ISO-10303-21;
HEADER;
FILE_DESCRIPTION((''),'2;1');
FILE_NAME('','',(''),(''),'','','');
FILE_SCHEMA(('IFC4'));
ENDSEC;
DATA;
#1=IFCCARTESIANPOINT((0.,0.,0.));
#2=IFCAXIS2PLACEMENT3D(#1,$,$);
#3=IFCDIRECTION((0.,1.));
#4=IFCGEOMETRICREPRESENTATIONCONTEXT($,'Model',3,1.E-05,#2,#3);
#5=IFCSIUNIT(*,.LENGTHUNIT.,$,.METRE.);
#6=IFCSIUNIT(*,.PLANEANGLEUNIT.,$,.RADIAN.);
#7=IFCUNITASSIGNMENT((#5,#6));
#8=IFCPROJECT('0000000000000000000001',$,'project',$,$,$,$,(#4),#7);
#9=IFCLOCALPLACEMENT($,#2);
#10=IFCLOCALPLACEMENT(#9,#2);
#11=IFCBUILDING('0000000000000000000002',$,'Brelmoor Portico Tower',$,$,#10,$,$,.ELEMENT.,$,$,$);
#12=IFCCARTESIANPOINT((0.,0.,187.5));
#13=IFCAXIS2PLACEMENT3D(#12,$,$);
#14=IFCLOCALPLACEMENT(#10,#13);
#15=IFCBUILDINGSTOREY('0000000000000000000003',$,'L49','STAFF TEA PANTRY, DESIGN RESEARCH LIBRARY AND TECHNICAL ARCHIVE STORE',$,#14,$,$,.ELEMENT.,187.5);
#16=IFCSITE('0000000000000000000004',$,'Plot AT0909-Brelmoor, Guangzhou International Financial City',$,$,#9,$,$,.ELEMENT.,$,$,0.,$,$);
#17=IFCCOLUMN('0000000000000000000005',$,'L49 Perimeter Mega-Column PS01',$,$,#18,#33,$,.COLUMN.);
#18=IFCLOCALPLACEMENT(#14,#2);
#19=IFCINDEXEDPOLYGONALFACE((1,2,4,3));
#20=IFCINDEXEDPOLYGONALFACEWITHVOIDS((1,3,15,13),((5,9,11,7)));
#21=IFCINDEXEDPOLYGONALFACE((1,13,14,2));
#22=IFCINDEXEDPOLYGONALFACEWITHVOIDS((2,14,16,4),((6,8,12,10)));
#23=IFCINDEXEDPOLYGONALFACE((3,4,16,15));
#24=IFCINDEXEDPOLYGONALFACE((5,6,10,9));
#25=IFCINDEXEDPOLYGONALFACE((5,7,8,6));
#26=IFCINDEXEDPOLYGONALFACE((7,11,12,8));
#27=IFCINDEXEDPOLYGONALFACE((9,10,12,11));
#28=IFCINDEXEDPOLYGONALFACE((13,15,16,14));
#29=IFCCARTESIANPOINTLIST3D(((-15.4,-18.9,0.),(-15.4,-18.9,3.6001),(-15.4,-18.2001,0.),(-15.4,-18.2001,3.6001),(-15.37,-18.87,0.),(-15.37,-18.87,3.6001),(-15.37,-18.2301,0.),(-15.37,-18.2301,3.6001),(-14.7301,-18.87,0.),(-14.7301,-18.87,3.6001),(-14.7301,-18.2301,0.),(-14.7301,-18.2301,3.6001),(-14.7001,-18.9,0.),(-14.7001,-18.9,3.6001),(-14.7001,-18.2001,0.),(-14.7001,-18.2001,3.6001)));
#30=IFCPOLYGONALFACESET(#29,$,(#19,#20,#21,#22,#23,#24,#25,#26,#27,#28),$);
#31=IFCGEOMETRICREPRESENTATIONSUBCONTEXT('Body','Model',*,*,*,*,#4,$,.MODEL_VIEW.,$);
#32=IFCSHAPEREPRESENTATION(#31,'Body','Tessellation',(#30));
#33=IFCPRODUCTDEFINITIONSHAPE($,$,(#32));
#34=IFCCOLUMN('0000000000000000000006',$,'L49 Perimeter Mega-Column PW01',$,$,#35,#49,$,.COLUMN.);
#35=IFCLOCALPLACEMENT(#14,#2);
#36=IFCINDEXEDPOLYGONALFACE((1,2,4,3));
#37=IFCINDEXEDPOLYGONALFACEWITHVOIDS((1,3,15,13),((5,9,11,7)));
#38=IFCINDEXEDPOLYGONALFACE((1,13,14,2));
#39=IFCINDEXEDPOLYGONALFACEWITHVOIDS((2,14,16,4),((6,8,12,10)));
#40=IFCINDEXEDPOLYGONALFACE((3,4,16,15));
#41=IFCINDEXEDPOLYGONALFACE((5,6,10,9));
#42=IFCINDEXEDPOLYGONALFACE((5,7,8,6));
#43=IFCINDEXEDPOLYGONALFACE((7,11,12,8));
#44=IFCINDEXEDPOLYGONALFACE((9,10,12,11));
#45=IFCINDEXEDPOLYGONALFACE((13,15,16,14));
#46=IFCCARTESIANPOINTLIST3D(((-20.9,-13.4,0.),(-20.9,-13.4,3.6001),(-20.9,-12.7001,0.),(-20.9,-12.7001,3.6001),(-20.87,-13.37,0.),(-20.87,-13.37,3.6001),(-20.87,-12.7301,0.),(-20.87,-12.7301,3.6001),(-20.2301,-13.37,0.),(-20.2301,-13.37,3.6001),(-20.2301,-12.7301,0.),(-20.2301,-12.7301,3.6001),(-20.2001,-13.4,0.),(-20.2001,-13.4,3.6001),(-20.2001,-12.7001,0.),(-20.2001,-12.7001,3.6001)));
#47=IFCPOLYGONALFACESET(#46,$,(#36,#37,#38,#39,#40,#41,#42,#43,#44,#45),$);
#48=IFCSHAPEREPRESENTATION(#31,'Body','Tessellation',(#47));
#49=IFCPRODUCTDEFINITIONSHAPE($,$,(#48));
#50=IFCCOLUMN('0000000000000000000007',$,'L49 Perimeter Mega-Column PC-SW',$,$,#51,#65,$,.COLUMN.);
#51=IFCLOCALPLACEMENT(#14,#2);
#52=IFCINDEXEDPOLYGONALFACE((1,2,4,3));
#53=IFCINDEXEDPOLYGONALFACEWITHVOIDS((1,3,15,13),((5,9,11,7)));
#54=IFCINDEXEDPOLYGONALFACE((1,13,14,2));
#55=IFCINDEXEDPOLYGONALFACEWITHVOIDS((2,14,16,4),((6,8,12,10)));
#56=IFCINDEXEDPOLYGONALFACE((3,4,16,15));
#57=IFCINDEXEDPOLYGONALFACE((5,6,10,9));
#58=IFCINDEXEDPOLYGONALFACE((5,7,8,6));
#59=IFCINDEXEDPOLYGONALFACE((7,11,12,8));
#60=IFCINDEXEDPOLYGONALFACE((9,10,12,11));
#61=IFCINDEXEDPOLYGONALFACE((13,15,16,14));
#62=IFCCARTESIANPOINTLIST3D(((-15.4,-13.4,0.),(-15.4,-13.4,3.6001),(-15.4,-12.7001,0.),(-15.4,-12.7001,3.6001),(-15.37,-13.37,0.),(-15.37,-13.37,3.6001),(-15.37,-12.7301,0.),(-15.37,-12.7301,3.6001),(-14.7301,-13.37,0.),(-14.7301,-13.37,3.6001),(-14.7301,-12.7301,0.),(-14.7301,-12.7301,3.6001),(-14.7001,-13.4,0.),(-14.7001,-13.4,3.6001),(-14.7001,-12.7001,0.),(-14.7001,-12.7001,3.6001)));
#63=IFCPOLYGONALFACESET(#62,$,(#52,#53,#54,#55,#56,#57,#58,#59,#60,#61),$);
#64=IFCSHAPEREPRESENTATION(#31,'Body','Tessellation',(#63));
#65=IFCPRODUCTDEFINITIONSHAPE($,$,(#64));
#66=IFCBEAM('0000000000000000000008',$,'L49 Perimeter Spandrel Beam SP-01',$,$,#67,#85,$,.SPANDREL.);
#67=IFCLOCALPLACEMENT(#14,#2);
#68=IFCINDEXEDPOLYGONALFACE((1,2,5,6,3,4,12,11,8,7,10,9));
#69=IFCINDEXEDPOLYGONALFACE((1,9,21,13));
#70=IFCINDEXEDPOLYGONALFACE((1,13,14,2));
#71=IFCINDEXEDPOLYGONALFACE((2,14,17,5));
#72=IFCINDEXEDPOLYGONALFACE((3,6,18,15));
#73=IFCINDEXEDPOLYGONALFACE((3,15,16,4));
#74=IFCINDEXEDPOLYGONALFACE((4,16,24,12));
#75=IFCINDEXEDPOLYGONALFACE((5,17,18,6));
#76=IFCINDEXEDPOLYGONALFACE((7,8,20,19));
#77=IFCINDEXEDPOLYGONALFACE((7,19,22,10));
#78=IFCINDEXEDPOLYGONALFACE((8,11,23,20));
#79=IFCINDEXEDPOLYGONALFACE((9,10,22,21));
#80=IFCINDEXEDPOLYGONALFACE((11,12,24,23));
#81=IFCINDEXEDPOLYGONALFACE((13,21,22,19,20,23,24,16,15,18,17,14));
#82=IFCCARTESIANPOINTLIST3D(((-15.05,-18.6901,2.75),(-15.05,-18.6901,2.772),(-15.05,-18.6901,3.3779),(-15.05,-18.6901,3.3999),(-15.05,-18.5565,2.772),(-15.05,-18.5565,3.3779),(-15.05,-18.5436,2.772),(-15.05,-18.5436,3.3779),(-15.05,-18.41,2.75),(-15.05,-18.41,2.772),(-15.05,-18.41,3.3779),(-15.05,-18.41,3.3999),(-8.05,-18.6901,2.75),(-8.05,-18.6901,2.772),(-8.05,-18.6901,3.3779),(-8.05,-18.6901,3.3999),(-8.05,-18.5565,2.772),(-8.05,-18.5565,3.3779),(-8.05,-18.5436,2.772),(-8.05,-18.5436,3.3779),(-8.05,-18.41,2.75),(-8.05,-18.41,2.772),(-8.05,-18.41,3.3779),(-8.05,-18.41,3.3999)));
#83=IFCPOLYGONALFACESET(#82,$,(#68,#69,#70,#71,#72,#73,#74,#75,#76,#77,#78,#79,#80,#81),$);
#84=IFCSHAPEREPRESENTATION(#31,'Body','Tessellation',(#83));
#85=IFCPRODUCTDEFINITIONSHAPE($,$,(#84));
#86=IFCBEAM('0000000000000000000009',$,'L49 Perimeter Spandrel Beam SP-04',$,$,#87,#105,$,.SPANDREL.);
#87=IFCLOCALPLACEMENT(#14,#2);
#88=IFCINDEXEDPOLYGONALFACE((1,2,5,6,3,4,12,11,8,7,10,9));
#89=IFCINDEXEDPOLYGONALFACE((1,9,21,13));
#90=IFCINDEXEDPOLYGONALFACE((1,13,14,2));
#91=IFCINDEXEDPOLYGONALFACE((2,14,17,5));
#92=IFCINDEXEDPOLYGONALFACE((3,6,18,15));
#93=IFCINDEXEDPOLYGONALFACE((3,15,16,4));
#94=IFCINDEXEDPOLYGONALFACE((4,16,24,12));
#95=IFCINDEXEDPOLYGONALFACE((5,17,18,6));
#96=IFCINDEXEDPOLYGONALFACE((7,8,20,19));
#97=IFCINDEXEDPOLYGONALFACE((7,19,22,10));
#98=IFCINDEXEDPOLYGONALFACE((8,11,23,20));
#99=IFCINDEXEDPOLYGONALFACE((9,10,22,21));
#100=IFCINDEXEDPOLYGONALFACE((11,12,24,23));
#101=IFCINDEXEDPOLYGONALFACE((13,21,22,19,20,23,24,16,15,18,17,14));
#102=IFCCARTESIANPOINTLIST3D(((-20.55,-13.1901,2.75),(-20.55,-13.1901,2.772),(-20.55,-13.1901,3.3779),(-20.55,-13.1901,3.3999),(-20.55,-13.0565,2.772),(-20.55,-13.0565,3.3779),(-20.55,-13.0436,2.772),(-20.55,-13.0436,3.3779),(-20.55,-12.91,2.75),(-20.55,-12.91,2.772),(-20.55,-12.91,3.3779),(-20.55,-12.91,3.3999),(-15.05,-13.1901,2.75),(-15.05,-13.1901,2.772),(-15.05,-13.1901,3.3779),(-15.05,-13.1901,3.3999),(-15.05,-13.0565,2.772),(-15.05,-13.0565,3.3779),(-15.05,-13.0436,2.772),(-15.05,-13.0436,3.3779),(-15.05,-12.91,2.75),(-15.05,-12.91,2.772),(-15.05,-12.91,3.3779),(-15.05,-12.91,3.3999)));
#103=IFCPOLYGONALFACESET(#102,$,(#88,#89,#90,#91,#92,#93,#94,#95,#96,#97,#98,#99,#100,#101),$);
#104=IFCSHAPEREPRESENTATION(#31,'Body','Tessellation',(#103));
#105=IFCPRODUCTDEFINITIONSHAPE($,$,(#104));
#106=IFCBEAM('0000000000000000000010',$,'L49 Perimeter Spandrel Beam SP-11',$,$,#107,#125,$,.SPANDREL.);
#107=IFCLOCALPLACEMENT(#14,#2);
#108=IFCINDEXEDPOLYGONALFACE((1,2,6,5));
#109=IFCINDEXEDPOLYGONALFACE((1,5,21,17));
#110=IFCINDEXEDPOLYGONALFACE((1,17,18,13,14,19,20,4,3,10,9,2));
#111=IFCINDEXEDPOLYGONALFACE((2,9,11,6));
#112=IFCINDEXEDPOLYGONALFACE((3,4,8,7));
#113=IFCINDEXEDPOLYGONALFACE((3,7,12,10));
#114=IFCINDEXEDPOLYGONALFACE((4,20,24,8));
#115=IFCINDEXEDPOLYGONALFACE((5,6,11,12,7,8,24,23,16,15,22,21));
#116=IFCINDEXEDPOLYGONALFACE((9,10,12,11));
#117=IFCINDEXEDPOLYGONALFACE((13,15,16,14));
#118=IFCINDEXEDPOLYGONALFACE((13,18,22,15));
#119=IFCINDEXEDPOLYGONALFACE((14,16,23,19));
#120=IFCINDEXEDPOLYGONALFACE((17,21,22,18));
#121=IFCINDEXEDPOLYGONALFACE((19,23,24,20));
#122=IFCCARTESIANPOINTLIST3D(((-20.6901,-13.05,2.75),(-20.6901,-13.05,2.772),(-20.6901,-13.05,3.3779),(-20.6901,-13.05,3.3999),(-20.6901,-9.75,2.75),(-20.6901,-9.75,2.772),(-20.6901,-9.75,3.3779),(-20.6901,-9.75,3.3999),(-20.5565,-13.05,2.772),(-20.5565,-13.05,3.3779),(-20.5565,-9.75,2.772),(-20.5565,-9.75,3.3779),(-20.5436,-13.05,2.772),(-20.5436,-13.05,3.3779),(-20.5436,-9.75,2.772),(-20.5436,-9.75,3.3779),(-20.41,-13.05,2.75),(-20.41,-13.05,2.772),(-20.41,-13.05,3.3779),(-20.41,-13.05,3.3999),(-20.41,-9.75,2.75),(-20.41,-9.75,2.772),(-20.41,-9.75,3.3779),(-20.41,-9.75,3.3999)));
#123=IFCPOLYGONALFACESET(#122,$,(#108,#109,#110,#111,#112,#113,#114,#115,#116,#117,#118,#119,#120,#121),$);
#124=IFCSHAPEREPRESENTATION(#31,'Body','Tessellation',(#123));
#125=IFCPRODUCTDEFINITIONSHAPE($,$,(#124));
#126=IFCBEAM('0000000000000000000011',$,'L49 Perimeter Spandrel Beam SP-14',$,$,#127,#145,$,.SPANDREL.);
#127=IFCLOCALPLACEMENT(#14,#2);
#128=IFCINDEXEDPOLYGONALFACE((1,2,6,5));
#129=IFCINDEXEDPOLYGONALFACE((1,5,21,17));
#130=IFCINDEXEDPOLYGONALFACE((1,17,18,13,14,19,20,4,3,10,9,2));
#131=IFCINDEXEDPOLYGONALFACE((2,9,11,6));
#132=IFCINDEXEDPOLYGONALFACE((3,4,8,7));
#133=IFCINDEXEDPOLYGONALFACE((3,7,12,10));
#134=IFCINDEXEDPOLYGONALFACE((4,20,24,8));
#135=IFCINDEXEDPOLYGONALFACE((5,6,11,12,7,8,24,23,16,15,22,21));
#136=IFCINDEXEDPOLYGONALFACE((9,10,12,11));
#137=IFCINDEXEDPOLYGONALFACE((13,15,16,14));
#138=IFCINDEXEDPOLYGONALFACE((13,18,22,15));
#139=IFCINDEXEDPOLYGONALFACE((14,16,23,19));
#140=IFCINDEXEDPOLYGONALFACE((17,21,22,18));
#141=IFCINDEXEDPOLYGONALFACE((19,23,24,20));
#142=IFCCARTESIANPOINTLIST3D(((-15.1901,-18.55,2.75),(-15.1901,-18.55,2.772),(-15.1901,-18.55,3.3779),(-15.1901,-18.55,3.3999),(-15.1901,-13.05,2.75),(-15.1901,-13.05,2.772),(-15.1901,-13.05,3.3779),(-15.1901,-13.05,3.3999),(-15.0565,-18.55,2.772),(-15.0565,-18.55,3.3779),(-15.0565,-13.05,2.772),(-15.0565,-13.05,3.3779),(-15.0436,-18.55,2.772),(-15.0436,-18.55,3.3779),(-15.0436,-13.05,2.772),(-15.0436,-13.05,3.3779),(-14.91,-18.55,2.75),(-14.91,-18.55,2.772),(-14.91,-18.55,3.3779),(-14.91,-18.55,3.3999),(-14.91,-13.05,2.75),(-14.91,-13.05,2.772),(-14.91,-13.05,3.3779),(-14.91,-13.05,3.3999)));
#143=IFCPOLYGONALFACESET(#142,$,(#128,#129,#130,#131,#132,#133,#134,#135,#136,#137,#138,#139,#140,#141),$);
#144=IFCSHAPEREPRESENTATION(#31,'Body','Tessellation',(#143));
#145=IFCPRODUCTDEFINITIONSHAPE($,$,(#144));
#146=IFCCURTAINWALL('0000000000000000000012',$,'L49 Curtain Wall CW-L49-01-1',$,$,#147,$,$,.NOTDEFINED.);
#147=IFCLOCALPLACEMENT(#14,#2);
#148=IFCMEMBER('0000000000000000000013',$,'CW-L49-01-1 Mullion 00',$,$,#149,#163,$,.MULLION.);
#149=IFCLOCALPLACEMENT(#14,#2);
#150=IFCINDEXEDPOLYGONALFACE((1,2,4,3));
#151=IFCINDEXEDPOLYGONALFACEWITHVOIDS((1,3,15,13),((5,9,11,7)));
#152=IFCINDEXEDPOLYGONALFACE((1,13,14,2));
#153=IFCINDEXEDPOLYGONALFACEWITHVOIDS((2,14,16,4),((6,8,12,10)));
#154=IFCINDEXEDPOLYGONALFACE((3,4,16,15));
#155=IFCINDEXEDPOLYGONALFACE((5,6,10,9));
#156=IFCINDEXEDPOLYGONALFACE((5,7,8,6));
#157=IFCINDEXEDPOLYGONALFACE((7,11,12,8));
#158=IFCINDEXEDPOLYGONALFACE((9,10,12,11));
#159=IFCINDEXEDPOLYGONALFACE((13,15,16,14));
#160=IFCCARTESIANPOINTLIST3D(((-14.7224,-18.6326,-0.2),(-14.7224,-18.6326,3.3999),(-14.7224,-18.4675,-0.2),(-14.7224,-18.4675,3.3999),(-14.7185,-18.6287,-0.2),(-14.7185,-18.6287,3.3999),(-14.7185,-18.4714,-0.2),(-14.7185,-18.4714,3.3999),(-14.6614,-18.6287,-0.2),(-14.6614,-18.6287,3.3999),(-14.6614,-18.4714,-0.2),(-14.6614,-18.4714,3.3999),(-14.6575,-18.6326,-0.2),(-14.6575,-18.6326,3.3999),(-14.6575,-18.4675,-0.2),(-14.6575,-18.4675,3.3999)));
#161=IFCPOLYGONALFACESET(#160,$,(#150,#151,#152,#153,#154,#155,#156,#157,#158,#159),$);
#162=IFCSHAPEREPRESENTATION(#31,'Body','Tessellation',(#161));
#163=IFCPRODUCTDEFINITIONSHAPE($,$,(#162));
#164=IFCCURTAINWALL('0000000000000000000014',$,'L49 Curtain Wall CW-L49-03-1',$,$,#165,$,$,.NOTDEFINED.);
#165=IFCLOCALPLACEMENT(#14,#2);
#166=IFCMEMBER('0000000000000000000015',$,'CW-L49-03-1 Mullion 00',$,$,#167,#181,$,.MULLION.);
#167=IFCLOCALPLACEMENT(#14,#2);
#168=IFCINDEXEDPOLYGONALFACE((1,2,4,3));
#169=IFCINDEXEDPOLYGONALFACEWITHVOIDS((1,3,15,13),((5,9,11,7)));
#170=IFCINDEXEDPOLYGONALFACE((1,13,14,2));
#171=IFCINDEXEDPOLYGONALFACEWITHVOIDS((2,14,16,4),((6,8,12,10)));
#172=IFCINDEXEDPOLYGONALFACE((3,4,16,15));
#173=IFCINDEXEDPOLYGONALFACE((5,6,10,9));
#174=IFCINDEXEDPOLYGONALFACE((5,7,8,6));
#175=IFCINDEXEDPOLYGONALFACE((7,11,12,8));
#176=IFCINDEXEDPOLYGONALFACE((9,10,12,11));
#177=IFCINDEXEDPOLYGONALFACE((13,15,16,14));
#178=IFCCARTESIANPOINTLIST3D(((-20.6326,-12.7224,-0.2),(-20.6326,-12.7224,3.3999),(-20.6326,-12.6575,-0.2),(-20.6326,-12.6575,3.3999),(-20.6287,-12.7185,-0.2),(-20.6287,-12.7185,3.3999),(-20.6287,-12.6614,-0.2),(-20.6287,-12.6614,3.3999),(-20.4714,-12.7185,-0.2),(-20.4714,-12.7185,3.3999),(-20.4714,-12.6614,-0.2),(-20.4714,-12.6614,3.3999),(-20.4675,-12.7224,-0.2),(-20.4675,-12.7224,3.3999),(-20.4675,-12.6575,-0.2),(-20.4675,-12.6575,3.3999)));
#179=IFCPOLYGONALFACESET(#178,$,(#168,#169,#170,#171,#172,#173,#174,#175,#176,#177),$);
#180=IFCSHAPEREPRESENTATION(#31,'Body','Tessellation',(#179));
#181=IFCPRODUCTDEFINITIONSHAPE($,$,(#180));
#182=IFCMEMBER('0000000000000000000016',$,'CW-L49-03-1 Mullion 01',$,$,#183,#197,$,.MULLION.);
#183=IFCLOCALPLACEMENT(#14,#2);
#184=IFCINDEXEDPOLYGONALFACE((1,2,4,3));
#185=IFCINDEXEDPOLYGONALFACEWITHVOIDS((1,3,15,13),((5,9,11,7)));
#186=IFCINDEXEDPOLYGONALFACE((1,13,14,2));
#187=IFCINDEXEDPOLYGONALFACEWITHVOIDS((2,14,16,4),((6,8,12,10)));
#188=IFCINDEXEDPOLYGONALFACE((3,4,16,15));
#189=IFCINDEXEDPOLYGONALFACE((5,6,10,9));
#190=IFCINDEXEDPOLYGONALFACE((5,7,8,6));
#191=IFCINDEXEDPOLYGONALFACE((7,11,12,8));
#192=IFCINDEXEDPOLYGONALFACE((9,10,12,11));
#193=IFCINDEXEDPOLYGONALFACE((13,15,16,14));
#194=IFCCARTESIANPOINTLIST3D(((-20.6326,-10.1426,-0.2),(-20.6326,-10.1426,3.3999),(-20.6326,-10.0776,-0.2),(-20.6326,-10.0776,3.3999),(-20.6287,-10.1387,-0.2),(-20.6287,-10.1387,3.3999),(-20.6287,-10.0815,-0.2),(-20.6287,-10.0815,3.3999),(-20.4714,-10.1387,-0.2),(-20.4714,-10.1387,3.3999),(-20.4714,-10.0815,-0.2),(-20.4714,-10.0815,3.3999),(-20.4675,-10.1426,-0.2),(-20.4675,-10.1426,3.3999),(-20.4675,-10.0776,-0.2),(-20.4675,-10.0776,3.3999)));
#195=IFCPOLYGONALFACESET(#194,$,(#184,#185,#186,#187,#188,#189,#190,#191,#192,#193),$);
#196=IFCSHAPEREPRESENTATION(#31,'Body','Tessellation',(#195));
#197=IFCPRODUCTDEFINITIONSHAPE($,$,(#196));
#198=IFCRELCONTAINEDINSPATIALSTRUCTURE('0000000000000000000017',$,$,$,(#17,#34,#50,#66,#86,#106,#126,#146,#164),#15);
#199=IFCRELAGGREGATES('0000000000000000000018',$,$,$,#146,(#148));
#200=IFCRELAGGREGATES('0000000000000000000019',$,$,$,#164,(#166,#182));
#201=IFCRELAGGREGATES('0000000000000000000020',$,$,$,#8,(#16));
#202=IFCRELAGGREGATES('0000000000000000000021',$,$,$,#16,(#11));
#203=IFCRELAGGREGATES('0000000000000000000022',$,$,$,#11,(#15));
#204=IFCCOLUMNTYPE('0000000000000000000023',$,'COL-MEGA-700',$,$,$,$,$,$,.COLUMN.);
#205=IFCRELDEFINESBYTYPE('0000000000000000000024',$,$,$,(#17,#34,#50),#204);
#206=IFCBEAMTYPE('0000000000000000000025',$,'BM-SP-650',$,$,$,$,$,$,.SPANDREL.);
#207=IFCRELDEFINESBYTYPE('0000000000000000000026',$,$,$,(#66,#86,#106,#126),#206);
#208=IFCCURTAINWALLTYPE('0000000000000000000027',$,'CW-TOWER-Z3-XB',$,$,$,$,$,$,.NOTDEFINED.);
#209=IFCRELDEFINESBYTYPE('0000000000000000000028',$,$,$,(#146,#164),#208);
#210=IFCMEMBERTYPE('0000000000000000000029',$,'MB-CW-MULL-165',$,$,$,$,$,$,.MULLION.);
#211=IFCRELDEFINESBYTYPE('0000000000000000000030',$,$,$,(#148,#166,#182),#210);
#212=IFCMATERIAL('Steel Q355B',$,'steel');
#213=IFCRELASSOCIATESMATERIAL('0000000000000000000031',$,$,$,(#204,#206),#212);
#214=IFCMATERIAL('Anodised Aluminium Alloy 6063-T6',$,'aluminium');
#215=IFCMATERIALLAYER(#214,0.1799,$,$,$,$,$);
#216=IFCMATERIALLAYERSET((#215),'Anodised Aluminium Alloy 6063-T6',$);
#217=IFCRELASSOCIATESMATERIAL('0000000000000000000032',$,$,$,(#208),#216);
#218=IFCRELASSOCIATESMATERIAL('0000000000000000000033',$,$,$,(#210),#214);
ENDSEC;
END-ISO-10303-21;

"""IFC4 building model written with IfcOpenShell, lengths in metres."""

from ifc_helpers import new_model, si_unit, direction, frame, origin, origin_2d, place, context, subcontext, project, spatial, hollow_rectangle, i_section, extrude, material, layer, layer_set, material_profile, profile_set, type_object, element, aggregate, save


model = new_model("IFC4")

# Units and contexts
model_context = context("Model", 3, precision=1e-05, world=origin(), true_north=direction((0.0, 1.0)))
body_context = subcontext(model_context, "Body", "Model", "MODEL_VIEW")
ifc_project = project(units=[si_unit("LENGTHUNIT", "METRE"), si_unit("PLANEANGLEUNIT", "RADIAN")], contexts=[model_context])

# Site, building, storey
site_placement = place(None, origin())
site = spatial("IfcSite", under=ifc_project, at=site_placement, Name="Plot AT0909-Brelmoor, Guangzhou International Financial City", CompositionType="ELEMENT", RefElevation=0.0)
building_placement = place(site_placement, origin())
building = spatial("IfcBuilding", under=site, at=building_placement, Name="Brelmoor Portico Tower", CompositionType="ELEMENT")
storey_placement = place(building_placement, frame((0.0, 0.0, 187.5)))
storey = spatial("IfcBuildingStorey", under=building, at=storey_placement, Name="L49", Description="STAFF TEA PANTRY, DESIGN RESEARCH LIBRARY AND TECHNICAL ARCHIVE STORE", CompositionType="ELEMENT", Elevation=187.5)

# Columns
ifc_material_1 = material(Name="Steel Q355B", Category="steel")
ifc_material_profile_1 = material_profile(ifc_material_1, hollow_rectangle(XDim=0.7, YDim=0.7, WallThickness=0.03, at=origin_2d()), Name="BOX 700x700x30")
ifc_profile_set_1 = profile_set([ifc_material_profile_1], Name="Steel Q355B")
column_type = type_object("IfcColumnType", Name="COL-MEGA-700", PredefinedType="COLUMN", material=ifc_profile_set_1)
for number, where, z_axis, x_axis, name in (
    (1, (-15.05, -18.55, 0.0), (0.0, 0.0, 1.0), (1.0, 0.0, 0.0), "L49 Perimeter Mega-Column PS01"),
    (2, (-20.55, -13.05, 0.0), (0.0, 0.0, 1.0), (0.0, 1.0, 0.0), "L49 Perimeter Mega-Column PW01"),
    (3, (-15.05, -13.05, 0.0), (0.0, 0.0, 1.0), (1.0, 0.0, 0.0), "L49 Perimeter Mega-Column PC-SW"),
):
    element("IfcColumn", number, at=place(storey_placement, frame(where, z_axis=z_axis, x_axis=x_axis)), inside=storey, type_object=column_type, Name=name, PredefinedType="COLUMN", context=body_context, shape_type="SweptSolid", body=[
        extrude(hollow_rectangle(XDim=0.7, YDim=0.7, WallThickness=0.03, at=origin_2d()), origin(), (0.0, 0.0, 1.0), 3.6001),
    ])

# Beams
ifc_material_profile_2 = material_profile(ifc_material_1, i_section(OverallWidth=0.28, OverallDepth=0.6499, WebThickness=0.0129, FlangeThickness=0.022, at=origin_2d()), Name="HN 650x280x13x22")
ifc_profile_set_2 = profile_set([ifc_material_profile_2], Name="Steel Q355B")
beam_type = type_object("IfcBeamType", Name="BM-SP-650", PredefinedType="SPANDREL", material=ifc_profile_set_2)
beam_1_placement = place(storey_placement, frame((-15.05, -18.55, 3.075), z_axis=(1.0, 0.0, 0.0), x_axis=(0.0, 1.0, 0.0)))
element("IfcBeam", 4, at=beam_1_placement, inside=storey, type_object=beam_type, Name="L49 Perimeter Spandrel Beam SP-01", PredefinedType="SPANDREL", context=body_context, shape_type="SweptSolid", body=[
    extrude(i_section(OverallWidth=0.28, OverallDepth=0.6499, WebThickness=0.0129, FlangeThickness=0.022, at=origin_2d()), origin(), (0.0, 0.0, 1.0), 7.0),
])
beam_2_placement = place(storey_placement, frame((-20.55, -13.05, 3.075), z_axis=(1.0, 0.0, 0.0), x_axis=(0.0, 1.0, 0.0)))
element("IfcBeam", 5, at=beam_2_placement, inside=storey, type_object=beam_type, Name="L49 Perimeter Spandrel Beam SP-04", PredefinedType="SPANDREL", context=body_context, shape_type="SweptSolid", body=[
    extrude(i_section(OverallWidth=0.28, OverallDepth=0.6499, WebThickness=0.0129, FlangeThickness=0.022, at=origin_2d()), origin(), (0.0, 0.0, 1.0), 5.5),
])
beam_3_placement = place(storey_placement, frame((-20.55, -13.05, 3.075), z_axis=(0.0, 1.0, 0.0), x_axis=(-1.0, 0.0, 0.0)))
element("IfcBeam", 6, at=beam_3_placement, inside=storey, type_object=beam_type, Name="L49 Perimeter Spandrel Beam SP-11", PredefinedType="SPANDREL", context=body_context, shape_type="SweptSolid", body=[
    extrude(i_section(OverallWidth=0.28, OverallDepth=0.6499, WebThickness=0.0129, FlangeThickness=0.022, at=origin_2d()), origin(), (0.0, 0.0, 1.0), 3.3),
])
beam_4_placement = place(storey_placement, frame((-15.05, -18.55, 3.075), z_axis=(0.0, 1.0, 0.0), x_axis=(-1.0, 0.0, 0.0)))
element("IfcBeam", 7, at=beam_4_placement, inside=storey, type_object=beam_type, Name="L49 Perimeter Spandrel Beam SP-14", PredefinedType="SPANDREL", context=body_context, shape_type="SweptSolid", body=[
    extrude(i_section(OverallWidth=0.28, OverallDepth=0.6499, WebThickness=0.0129, FlangeThickness=0.022, at=origin_2d()), origin(), (0.0, 0.0, 1.0), 5.5),
])

# Curtain wall, member
ifc_material_2 = material(Name="Anodised Aluminium Alloy 6063-T6", Category="aluminium")
ifc_layer_1 = layer(ifc_material_2, 0.1799)
ifc_layer_set_1 = layer_set([ifc_layer_1], Name="Anodised Aluminium Alloy 6063-T6")
curtain_wall_type = type_object("IfcCurtainWallType", Name="CW-TOWER-Z3-XB", PredefinedType="NOTDEFINED", material=ifc_layer_set_1)
curtain_wall_1_placement = place(storey_placement, origin())
curtain_wall_1 = element("IfcCurtainWall", 8, at=curtain_wall_1_placement, inside=storey, type_object=curtain_wall_type, Name="L49 Curtain Wall CW-L49-01-1", PredefinedType="NOTDEFINED")
ifc_material_profile_3 = material_profile(ifc_material_2, hollow_rectangle(XDim=0.0649, YDim=0.165, WallThickness=0.0039, at=origin_2d()), Name="ALU MULLION 65x165")
ifc_profile_set_3 = profile_set([ifc_material_profile_3], Name="Anodised Aluminium Alloy 6063-T6")
member_type_1 = type_object("IfcMemberType", Name="MB-CW-MULL-165", PredefinedType="MULLION", material=ifc_profile_set_3)
member_1_placement = place(storey_placement, frame((-14.6899, -18.55, -0.2), z_axis=(0.0, 0.0, 1.0), x_axis=(1.0, 0.0, 0.0)))
member_1 = element("IfcMember", 9, at=member_1_placement, type_object=member_type_1, Name="CW-L49-01-1 Mullion 00", PredefinedType="MULLION", context=body_context, shape_type="SweptSolid", body=[
    extrude(hollow_rectangle(XDim=0.0649, YDim=0.165, WallThickness=0.0039, at=origin_2d()), origin(), (0.0, 0.0, 1.0), 3.5999),
])

# Curtain wall, members
curtain_wall_2_placement = place(storey_placement, origin())
curtain_wall_2 = element("IfcCurtainWall", 10, at=curtain_wall_2_placement, inside=storey, type_object=curtain_wall_type, Name="L49 Curtain Wall CW-L49-03-1", PredefinedType="NOTDEFINED")
member_2_placement = place(storey_placement, frame((-20.55, -12.6899, -0.2), z_axis=(0.0, 0.0, 1.0), x_axis=(0.0, 1.0, 0.0)))
member_2 = element("IfcMember", 11, at=member_2_placement, type_object=member_type_1, Name="CW-L49-03-1 Mullion 00", PredefinedType="MULLION", context=body_context, shape_type="SweptSolid", body=[
    extrude(hollow_rectangle(XDim=0.0649, YDim=0.165, WallThickness=0.0039, at=origin_2d()), origin(), (0.0, 0.0, 1.0), 3.5999),
])
member_3_placement = place(storey_placement, frame((-20.55, -10.1101, -0.2), z_axis=(0.0, 0.0, 1.0), x_axis=(0.0, 1.0, 0.0)))
member_3 = element("IfcMember", 12, at=member_3_placement, type_object=member_type_1, Name="CW-L49-03-1 Mullion 01", PredefinedType="MULLION", context=body_context, shape_type="SweptSolid", body=[
    extrude(hollow_rectangle(XDim=0.0649, YDim=0.165, WallThickness=0.0039, at=origin_2d()), origin(), (0.0, 0.0, 1.0), 3.5999),
])

aggregate(curtain_wall_1, [member_1])

aggregate(curtain_wall_2, [member_2, member_3])

save(model, "model.ifc")
